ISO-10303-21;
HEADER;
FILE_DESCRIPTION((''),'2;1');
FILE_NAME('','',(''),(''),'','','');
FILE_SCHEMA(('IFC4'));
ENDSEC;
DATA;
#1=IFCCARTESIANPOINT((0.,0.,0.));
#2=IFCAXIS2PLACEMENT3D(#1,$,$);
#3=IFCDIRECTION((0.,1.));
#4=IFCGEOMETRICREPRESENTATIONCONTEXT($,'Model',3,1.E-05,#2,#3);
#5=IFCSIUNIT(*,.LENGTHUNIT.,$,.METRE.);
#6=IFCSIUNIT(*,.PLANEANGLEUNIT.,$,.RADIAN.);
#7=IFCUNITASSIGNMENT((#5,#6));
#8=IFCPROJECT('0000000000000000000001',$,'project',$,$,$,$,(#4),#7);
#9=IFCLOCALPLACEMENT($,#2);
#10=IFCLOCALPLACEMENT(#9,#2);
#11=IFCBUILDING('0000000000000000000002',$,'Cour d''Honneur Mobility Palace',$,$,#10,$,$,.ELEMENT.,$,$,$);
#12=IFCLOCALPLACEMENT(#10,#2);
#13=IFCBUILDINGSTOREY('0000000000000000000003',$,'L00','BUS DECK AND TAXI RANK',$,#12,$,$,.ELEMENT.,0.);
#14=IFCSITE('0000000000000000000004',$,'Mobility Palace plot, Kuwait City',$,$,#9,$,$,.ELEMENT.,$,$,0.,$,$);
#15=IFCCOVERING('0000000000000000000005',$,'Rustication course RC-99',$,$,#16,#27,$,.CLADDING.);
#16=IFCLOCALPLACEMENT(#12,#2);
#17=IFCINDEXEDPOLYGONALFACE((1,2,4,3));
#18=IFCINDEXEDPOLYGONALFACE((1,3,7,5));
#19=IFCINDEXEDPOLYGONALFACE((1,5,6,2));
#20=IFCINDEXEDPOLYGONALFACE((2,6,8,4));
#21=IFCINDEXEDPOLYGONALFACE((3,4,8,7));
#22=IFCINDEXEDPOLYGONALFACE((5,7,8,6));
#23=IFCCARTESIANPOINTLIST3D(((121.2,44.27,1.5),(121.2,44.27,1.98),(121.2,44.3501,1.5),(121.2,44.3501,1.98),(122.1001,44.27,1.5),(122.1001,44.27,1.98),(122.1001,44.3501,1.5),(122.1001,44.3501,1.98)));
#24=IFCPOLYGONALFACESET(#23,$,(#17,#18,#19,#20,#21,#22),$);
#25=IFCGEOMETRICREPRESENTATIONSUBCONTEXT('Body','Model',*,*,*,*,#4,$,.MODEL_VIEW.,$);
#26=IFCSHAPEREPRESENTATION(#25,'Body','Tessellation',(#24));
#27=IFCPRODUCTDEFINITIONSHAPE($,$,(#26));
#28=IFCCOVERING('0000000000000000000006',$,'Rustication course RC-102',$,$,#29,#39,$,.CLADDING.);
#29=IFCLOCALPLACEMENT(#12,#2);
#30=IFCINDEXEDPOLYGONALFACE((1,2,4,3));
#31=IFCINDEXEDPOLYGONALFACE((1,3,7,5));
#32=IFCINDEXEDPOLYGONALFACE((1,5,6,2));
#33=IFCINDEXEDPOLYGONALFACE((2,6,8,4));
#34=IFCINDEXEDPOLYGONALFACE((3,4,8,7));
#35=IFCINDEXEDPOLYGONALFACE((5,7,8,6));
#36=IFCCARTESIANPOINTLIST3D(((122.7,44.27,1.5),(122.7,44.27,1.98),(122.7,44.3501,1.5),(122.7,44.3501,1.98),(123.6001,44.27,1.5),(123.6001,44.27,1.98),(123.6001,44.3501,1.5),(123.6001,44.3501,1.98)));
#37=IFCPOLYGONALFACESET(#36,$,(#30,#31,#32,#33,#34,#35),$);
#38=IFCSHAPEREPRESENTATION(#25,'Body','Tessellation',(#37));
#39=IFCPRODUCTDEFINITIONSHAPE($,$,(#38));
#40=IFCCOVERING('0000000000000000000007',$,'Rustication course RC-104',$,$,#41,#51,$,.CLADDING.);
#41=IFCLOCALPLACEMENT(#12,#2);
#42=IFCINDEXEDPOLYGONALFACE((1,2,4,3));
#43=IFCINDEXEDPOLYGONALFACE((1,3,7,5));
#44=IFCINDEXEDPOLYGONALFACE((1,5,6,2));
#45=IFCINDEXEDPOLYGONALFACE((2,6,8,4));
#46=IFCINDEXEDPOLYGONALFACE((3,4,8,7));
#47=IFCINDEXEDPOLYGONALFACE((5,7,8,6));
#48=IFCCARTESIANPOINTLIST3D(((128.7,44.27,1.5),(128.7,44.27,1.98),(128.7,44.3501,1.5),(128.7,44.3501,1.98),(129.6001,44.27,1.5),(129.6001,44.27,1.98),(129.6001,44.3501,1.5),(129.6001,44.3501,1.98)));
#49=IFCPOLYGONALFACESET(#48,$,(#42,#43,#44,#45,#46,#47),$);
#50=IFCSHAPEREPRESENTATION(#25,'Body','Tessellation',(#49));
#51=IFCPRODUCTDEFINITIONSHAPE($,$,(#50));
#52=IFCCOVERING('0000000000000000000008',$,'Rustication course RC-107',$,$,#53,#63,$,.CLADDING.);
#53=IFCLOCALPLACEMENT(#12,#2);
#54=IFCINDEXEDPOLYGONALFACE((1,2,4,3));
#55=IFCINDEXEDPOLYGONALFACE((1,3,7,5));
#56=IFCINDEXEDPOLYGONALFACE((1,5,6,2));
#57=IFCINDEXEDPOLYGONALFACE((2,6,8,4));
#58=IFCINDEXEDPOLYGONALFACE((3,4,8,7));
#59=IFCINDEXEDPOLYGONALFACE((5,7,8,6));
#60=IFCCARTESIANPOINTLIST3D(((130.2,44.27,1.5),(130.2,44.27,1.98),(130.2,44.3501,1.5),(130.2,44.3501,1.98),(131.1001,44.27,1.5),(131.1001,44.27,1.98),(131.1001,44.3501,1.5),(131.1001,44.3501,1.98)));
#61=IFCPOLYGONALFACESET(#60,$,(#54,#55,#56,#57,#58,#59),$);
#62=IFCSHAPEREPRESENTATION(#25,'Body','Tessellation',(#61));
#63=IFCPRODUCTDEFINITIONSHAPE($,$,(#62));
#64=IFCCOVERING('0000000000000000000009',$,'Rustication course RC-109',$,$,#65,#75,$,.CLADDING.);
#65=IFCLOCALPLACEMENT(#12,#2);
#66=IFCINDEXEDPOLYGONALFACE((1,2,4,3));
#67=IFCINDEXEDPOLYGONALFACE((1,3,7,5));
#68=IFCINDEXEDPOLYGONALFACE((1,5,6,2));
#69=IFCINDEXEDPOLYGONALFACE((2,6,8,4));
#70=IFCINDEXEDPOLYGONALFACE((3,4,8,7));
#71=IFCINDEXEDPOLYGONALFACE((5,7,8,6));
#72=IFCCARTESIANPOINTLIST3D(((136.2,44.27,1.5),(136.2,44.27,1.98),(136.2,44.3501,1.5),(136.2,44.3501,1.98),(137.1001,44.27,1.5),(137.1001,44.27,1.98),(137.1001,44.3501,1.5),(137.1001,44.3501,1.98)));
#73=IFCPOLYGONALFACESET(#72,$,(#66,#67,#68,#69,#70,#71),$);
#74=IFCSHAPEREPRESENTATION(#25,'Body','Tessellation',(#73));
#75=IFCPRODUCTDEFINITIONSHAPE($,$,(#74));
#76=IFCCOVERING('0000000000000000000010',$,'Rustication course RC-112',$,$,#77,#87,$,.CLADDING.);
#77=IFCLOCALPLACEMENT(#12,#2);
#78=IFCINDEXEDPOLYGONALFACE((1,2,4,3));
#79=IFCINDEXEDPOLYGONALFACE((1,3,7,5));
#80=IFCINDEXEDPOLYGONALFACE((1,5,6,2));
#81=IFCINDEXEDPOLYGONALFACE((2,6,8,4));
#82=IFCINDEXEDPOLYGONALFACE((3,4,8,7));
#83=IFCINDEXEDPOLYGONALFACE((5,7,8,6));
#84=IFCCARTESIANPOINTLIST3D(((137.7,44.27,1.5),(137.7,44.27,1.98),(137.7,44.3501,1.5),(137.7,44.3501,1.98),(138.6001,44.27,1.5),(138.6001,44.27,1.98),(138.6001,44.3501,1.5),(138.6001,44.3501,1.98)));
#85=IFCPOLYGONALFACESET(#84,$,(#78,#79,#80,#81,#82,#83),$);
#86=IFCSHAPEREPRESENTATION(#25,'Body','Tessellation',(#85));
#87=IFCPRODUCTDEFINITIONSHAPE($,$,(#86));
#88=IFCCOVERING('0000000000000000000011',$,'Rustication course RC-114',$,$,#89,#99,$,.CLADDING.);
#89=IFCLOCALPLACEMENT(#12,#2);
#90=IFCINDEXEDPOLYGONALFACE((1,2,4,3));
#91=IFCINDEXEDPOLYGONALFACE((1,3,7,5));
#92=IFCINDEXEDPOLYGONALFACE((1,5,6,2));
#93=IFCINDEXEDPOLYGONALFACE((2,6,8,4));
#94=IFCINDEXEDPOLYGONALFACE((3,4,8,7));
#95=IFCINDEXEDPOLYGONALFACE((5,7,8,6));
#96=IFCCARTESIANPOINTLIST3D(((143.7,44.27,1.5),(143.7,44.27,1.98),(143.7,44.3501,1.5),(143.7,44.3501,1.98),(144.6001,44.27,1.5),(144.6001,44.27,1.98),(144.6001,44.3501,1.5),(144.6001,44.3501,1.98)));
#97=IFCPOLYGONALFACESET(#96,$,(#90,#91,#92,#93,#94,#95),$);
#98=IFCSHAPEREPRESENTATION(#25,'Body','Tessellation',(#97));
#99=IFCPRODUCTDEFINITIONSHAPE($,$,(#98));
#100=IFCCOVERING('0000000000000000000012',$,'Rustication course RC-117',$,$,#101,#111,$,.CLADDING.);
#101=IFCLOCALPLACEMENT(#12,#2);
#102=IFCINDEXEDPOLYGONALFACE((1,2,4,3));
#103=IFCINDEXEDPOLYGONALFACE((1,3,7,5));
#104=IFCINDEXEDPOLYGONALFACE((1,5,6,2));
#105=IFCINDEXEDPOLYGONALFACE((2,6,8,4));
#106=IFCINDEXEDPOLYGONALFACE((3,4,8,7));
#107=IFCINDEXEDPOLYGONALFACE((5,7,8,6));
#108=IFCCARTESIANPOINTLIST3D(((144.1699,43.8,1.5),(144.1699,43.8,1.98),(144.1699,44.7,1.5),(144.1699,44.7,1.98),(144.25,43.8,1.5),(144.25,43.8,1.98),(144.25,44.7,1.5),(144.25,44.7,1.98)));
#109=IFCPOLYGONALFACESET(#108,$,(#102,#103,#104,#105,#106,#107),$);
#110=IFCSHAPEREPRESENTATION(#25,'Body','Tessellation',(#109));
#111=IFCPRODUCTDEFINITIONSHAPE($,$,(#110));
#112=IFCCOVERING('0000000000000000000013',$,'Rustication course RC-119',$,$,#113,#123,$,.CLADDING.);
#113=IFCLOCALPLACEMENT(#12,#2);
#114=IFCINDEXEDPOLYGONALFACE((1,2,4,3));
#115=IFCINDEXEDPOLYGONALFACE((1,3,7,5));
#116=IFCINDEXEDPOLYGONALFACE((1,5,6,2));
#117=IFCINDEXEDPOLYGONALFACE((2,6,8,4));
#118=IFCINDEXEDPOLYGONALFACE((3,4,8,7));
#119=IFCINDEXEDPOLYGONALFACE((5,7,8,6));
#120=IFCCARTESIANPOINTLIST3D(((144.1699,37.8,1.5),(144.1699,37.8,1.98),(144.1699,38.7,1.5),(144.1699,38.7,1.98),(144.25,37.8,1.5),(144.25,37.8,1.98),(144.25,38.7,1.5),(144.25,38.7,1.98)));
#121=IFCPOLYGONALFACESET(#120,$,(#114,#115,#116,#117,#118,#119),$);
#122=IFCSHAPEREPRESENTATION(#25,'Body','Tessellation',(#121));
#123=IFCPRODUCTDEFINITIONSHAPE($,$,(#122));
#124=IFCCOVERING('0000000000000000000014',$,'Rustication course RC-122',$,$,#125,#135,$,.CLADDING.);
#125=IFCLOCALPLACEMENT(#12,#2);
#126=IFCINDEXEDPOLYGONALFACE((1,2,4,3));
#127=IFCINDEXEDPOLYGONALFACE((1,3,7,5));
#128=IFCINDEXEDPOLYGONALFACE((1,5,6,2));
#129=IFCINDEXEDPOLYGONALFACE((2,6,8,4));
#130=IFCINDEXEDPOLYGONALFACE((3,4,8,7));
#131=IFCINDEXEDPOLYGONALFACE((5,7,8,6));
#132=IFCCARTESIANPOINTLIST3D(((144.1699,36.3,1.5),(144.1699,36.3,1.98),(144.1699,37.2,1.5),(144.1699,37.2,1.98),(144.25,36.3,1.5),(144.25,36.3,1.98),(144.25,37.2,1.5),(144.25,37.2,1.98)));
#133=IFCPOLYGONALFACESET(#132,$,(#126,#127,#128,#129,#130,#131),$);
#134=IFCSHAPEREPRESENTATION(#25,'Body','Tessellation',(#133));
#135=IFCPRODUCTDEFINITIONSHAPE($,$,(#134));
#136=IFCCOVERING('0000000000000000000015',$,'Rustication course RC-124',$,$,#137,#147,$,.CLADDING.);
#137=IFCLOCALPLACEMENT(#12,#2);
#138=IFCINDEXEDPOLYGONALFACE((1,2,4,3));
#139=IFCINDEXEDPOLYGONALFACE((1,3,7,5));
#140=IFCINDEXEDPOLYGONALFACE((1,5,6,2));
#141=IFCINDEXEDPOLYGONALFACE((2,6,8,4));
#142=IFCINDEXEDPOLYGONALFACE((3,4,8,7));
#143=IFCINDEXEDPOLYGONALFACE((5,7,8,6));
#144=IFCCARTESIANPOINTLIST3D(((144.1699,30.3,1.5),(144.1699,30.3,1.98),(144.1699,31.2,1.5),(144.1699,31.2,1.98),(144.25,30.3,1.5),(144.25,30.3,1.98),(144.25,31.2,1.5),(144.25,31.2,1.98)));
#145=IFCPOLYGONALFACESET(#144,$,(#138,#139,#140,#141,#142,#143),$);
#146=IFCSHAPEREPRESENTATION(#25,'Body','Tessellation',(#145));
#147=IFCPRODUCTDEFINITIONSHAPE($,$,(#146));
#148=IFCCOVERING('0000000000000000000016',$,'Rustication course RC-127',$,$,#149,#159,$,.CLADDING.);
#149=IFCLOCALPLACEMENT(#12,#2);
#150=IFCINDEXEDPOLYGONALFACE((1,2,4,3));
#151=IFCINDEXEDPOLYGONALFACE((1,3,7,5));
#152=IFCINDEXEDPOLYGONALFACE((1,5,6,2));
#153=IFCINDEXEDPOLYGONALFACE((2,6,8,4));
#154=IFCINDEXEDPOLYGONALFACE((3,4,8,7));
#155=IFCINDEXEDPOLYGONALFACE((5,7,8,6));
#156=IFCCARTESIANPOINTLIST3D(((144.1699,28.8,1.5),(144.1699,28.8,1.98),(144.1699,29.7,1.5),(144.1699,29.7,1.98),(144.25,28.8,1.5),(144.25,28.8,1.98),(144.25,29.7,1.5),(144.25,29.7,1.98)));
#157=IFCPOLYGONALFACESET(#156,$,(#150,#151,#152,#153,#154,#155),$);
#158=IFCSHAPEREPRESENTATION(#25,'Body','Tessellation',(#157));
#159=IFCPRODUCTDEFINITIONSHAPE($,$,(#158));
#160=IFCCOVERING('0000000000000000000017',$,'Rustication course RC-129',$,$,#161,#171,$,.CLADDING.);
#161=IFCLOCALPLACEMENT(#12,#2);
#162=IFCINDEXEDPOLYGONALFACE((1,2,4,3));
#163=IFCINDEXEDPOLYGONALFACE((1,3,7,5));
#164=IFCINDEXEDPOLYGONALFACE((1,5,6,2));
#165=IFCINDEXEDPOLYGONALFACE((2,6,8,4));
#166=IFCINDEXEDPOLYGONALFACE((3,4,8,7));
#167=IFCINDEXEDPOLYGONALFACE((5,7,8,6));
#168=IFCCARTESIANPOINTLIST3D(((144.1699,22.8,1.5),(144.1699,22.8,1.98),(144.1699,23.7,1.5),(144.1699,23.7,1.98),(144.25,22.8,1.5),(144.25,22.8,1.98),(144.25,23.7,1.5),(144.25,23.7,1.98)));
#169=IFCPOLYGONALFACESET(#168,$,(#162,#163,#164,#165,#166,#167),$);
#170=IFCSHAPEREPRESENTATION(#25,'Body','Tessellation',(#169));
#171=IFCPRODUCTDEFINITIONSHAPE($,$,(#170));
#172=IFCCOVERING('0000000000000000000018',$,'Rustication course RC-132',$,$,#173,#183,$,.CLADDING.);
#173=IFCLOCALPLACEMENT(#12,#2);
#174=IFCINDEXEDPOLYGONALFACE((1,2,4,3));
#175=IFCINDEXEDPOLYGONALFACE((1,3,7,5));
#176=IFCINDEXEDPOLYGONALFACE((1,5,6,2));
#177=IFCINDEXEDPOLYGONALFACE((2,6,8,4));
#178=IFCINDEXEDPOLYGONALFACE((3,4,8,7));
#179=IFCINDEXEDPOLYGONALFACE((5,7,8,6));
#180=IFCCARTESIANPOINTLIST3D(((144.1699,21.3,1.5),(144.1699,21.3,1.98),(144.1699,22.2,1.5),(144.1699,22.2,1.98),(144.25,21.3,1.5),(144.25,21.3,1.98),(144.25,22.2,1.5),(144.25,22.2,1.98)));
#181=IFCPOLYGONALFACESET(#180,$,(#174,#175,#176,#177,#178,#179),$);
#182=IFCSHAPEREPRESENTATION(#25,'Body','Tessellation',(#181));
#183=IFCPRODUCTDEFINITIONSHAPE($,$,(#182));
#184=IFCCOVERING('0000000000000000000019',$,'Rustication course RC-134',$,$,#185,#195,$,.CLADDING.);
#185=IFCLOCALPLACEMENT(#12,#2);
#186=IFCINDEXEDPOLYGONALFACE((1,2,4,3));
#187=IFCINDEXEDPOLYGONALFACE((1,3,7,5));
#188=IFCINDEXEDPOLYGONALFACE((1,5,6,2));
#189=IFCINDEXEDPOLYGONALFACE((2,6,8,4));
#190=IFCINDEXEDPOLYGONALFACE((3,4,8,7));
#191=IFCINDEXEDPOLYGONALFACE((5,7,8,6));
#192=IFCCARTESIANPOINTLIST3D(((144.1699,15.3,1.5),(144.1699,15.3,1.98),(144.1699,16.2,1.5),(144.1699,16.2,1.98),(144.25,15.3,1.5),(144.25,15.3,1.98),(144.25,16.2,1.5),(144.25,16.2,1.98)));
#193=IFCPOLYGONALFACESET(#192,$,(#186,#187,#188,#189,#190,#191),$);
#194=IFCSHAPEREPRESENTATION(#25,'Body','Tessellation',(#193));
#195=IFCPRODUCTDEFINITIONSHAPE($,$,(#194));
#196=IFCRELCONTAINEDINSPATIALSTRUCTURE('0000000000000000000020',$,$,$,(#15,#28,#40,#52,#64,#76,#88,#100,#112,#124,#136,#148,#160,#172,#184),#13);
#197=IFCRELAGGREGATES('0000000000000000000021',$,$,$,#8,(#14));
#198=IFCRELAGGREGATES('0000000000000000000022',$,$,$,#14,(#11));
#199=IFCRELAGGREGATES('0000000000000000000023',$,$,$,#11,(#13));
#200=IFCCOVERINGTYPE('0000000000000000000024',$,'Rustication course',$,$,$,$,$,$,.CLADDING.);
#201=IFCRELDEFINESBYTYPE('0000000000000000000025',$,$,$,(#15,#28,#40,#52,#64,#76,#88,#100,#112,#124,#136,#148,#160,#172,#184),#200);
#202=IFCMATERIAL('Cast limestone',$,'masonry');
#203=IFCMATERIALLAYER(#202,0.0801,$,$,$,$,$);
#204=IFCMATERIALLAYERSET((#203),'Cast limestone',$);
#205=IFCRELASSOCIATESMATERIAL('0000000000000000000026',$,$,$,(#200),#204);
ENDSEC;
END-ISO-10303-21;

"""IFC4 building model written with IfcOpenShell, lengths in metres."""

from ifc_helpers import new_model, si_unit, direction, frame, origin, place, context, subcontext, project, spatial, polyline, outline, extrude, material, layer, layer_set, type_object, element, save


model = new_model("IFC4")

# Units and contexts
model_context = context("Model", 3, precision=1e-05, world=origin(), true_north=direction((0.0, 1.0)))
body_context = subcontext(model_context, "Body", "Model", "MODEL_VIEW")
ifc_project = project(units=[si_unit("LENGTHUNIT", "METRE"), si_unit("PLANEANGLEUNIT", "RADIAN")], contexts=[model_context])

# Site, building, storey
site_placement = place(None, origin())
site = spatial("IfcSite", under=ifc_project, at=site_placement, Name="Mobility Palace plot, Kuwait City", CompositionType="ELEMENT", RefElevation=0.0)
building_placement = place(site_placement, origin())
building = spatial("IfcBuilding", under=site, at=building_placement, Name="Cour d'Honneur Mobility Palace", CompositionType="ELEMENT")
storey_placement = place(building_placement, origin())
storey = spatial("IfcBuildingStorey", under=building, at=storey_placement, Name="L00", Description="BUS DECK AND TAXI RANK", CompositionType="ELEMENT", Elevation=0.0)

# Coverings
ifc_material = material(Name="Cast limestone", Category="masonry")
ifc_layer = layer(ifc_material, 0.0801)
ifc_layer_set = layer_set([ifc_layer], Name="Cast limestone")
covering_type = type_object("IfcCoveringType", Name="Rustication course", PredefinedType="CLADDING", material=ifc_layer_set)
covering_1_placement = place(storey_placement, frame((0.0, 0.0, 1.5)))
element("IfcCovering", 1, at=covering_1_placement, inside=storey, type_object=covering_type, Name="Rustication course RC-99", PredefinedType="CLADDING", context=body_context, shape_type="SweptSolid", body=[
    extrude(outline(polyline([(121.2, 44.3501), (122.1001, 44.3501), (122.1001, 44.27), (121.2, 44.27), (121.2, 44.3501)])), origin(), (0.0, 0.0, 1.0), 0.48),
])
covering_2_placement = place(storey_placement, frame((0.0, 0.0, 1.5)))
element("IfcCovering", 2, at=covering_2_placement, inside=storey, type_object=covering_type, Name="Rustication course RC-102", PredefinedType="CLADDING", context=body_context, shape_type="SweptSolid", body=[
    extrude(outline(polyline([(122.7, 44.3501), (123.6001, 44.3501), (123.6001, 44.27), (122.7, 44.27), (122.7, 44.3501)])), origin(), (0.0, 0.0, 1.0), 0.48),
])
covering_3_placement = place(storey_placement, frame((0.0, 0.0, 1.5)))
element("IfcCovering", 3, at=covering_3_placement, inside=storey, type_object=covering_type, Name="Rustication course RC-104", PredefinedType="CLADDING", context=body_context, shape_type="SweptSolid", body=[
    extrude(outline(polyline([(128.7, 44.3501), (129.6001, 44.3501), (129.6001, 44.27), (128.7, 44.27), (128.7, 44.3501)])), origin(), (0.0, 0.0, 1.0), 0.48),
])
covering_4_placement = place(storey_placement, frame((0.0, 0.0, 1.5)))
element("IfcCovering", 4, at=covering_4_placement, inside=storey, type_object=covering_type, Name="Rustication course RC-107", PredefinedType="CLADDING", context=body_context, shape_type="SweptSolid", body=[
    extrude(outline(polyline([(130.2, 44.3501), (131.1001, 44.3501), (131.1001, 44.27), (130.2, 44.27), (130.2, 44.3501)])), origin(), (0.0, 0.0, 1.0), 0.48),
])
covering_5_placement = place(storey_placement, frame((0.0, 0.0, 1.5)))
element("IfcCovering", 5, at=covering_5_placement, inside=storey, type_object=covering_type, Name="Rustication course RC-109", PredefinedType="CLADDING", context=body_context, shape_type="SweptSolid", body=[
    extrude(outline(polyline([(136.2, 44.3501), (137.1001, 44.3501), (137.1001, 44.27), (136.2, 44.27), (136.2, 44.3501)])), origin(), (0.0, 0.0, 1.0), 0.48),
])
covering_6_placement = place(storey_placement, frame((0.0, 0.0, 1.5)))
element("IfcCovering", 6, at=covering_6_placement, inside=storey, type_object=covering_type, Name="Rustication course RC-112", PredefinedType="CLADDING", context=body_context, shape_type="SweptSolid", body=[
    extrude(outline(polyline([(137.7, 44.3501), (138.6001, 44.3501), (138.6001, 44.27), (137.7, 44.27), (137.7, 44.3501)])), origin(), (0.0, 0.0, 1.0), 0.48),
])
covering_7_placement = place(storey_placement, frame((0.0, 0.0, 1.5)))
element("IfcCovering", 7, at=covering_7_placement, inside=storey, type_object=covering_type, Name="Rustication course RC-114", PredefinedType="CLADDING", context=body_context, shape_type="SweptSolid", body=[
    extrude(outline(polyline([(143.7, 44.3501), (144.6001, 44.3501), (144.6001, 44.27), (143.7, 44.27), (143.7, 44.3501)])), origin(), (0.0, 0.0, 1.0), 0.48),
])
covering_8_placement = place(storey_placement, frame((0.0, 0.0, 1.5)))
element("IfcCovering", 8, at=covering_8_placement, inside=storey, type_object=covering_type, Name="Rustication course RC-117", PredefinedType="CLADDING", context=body_context, shape_type="SweptSolid", body=[
    extrude(outline(polyline([(144.25, 44.7), (144.25, 43.8), (144.1699, 43.8), (144.1699, 44.7), (144.25, 44.7)])), origin(), (0.0, 0.0, 1.0), 0.48),
])
covering_9_placement = place(storey_placement, frame((0.0, 0.0, 1.5)))
element("IfcCovering", 9, at=covering_9_placement, inside=storey, type_object=covering_type, Name="Rustication course RC-119", PredefinedType="CLADDING", context=body_context, shape_type="SweptSolid", body=[
    extrude(outline(polyline([(144.25, 38.7), (144.25, 37.8), (144.1699, 37.8), (144.1699, 38.7), (144.25, 38.7)])), origin(), (0.0, 0.0, 1.0), 0.48),
])
covering_10_placement = place(storey_placement, frame((0.0, 0.0, 1.5)))
element("IfcCovering", 10, at=covering_10_placement, inside=storey, type_object=covering_type, Name="Rustication course RC-122", PredefinedType="CLADDING", context=body_context, shape_type="SweptSolid", body=[
    extrude(outline(polyline([(144.25, 37.2), (144.25, 36.3), (144.1699, 36.3), (144.1699, 37.2), (144.25, 37.2)])), origin(), (0.0, 0.0, 1.0), 0.48),
])
covering_11_placement = place(storey_placement, frame((0.0, 0.0, 1.5)))
element("IfcCovering", 11, at=covering_11_placement, inside=storey, type_object=covering_type, Name="Rustication course RC-124", PredefinedType="CLADDING", context=body_context, shape_type="SweptSolid", body=[
    extrude(outline(polyline([(144.25, 31.2), (144.25, 30.3), (144.1699, 30.3), (144.1699, 31.2), (144.25, 31.2)])), origin(), (0.0, 0.0, 1.0), 0.48),
])
covering_12_placement = place(storey_placement, frame((0.0, 0.0, 1.5)))
element("IfcCovering", 12, at=covering_12_placement, inside=storey, type_object=covering_type, Name="Rustication course RC-127", PredefinedType="CLADDING", context=body_context, shape_type="SweptSolid", body=[
    extrude(outline(polyline([(144.25, 29.7), (144.25, 28.8), (144.1699, 28.8), (144.1699, 29.7), (144.25, 29.7)])), origin(), (0.0, 0.0, 1.0), 0.48),
])
covering_13_placement = place(storey_placement, frame((0.0, 0.0, 1.5)))
element("IfcCovering", 13, at=covering_13_placement, inside=storey, type_object=covering_type, Name="Rustication course RC-129", PredefinedType="CLADDING", context=body_context, shape_type="SweptSolid", body=[
    extrude(outline(polyline([(144.25, 23.7), (144.25, 22.8), (144.1699, 22.8), (144.1699, 23.7), (144.25, 23.7)])), origin(), (0.0, 0.0, 1.0), 0.48),
])
covering_14_placement = place(storey_placement, frame((0.0, 0.0, 1.5)))
element("IfcCovering", 14, at=covering_14_placement, inside=storey, type_object=covering_type, Name="Rustication course RC-132", PredefinedType="CLADDING", context=body_context, shape_type="SweptSolid", body=[
    extrude(outline(polyline([(144.25, 22.2), (144.25, 21.3), (144.1699, 21.3), (144.1699, 22.2), (144.25, 22.2)])), origin(), (0.0, 0.0, 1.0), 0.48),
])
covering_15_placement = place(storey_placement, frame((0.0, 0.0, 1.5)))
element("IfcCovering", 15, at=covering_15_placement, inside=storey, type_object=covering_type, Name="Rustication course RC-134", PredefinedType="CLADDING", context=body_context, shape_type="SweptSolid", body=[
    extrude(outline(polyline([(144.25, 16.2), (144.25, 15.3), (144.1699, 15.3), (144.1699, 16.2), (144.25, 16.2)])), origin(), (0.0, 0.0, 1.0), 0.48),
])

save(model, "model.ifc")
